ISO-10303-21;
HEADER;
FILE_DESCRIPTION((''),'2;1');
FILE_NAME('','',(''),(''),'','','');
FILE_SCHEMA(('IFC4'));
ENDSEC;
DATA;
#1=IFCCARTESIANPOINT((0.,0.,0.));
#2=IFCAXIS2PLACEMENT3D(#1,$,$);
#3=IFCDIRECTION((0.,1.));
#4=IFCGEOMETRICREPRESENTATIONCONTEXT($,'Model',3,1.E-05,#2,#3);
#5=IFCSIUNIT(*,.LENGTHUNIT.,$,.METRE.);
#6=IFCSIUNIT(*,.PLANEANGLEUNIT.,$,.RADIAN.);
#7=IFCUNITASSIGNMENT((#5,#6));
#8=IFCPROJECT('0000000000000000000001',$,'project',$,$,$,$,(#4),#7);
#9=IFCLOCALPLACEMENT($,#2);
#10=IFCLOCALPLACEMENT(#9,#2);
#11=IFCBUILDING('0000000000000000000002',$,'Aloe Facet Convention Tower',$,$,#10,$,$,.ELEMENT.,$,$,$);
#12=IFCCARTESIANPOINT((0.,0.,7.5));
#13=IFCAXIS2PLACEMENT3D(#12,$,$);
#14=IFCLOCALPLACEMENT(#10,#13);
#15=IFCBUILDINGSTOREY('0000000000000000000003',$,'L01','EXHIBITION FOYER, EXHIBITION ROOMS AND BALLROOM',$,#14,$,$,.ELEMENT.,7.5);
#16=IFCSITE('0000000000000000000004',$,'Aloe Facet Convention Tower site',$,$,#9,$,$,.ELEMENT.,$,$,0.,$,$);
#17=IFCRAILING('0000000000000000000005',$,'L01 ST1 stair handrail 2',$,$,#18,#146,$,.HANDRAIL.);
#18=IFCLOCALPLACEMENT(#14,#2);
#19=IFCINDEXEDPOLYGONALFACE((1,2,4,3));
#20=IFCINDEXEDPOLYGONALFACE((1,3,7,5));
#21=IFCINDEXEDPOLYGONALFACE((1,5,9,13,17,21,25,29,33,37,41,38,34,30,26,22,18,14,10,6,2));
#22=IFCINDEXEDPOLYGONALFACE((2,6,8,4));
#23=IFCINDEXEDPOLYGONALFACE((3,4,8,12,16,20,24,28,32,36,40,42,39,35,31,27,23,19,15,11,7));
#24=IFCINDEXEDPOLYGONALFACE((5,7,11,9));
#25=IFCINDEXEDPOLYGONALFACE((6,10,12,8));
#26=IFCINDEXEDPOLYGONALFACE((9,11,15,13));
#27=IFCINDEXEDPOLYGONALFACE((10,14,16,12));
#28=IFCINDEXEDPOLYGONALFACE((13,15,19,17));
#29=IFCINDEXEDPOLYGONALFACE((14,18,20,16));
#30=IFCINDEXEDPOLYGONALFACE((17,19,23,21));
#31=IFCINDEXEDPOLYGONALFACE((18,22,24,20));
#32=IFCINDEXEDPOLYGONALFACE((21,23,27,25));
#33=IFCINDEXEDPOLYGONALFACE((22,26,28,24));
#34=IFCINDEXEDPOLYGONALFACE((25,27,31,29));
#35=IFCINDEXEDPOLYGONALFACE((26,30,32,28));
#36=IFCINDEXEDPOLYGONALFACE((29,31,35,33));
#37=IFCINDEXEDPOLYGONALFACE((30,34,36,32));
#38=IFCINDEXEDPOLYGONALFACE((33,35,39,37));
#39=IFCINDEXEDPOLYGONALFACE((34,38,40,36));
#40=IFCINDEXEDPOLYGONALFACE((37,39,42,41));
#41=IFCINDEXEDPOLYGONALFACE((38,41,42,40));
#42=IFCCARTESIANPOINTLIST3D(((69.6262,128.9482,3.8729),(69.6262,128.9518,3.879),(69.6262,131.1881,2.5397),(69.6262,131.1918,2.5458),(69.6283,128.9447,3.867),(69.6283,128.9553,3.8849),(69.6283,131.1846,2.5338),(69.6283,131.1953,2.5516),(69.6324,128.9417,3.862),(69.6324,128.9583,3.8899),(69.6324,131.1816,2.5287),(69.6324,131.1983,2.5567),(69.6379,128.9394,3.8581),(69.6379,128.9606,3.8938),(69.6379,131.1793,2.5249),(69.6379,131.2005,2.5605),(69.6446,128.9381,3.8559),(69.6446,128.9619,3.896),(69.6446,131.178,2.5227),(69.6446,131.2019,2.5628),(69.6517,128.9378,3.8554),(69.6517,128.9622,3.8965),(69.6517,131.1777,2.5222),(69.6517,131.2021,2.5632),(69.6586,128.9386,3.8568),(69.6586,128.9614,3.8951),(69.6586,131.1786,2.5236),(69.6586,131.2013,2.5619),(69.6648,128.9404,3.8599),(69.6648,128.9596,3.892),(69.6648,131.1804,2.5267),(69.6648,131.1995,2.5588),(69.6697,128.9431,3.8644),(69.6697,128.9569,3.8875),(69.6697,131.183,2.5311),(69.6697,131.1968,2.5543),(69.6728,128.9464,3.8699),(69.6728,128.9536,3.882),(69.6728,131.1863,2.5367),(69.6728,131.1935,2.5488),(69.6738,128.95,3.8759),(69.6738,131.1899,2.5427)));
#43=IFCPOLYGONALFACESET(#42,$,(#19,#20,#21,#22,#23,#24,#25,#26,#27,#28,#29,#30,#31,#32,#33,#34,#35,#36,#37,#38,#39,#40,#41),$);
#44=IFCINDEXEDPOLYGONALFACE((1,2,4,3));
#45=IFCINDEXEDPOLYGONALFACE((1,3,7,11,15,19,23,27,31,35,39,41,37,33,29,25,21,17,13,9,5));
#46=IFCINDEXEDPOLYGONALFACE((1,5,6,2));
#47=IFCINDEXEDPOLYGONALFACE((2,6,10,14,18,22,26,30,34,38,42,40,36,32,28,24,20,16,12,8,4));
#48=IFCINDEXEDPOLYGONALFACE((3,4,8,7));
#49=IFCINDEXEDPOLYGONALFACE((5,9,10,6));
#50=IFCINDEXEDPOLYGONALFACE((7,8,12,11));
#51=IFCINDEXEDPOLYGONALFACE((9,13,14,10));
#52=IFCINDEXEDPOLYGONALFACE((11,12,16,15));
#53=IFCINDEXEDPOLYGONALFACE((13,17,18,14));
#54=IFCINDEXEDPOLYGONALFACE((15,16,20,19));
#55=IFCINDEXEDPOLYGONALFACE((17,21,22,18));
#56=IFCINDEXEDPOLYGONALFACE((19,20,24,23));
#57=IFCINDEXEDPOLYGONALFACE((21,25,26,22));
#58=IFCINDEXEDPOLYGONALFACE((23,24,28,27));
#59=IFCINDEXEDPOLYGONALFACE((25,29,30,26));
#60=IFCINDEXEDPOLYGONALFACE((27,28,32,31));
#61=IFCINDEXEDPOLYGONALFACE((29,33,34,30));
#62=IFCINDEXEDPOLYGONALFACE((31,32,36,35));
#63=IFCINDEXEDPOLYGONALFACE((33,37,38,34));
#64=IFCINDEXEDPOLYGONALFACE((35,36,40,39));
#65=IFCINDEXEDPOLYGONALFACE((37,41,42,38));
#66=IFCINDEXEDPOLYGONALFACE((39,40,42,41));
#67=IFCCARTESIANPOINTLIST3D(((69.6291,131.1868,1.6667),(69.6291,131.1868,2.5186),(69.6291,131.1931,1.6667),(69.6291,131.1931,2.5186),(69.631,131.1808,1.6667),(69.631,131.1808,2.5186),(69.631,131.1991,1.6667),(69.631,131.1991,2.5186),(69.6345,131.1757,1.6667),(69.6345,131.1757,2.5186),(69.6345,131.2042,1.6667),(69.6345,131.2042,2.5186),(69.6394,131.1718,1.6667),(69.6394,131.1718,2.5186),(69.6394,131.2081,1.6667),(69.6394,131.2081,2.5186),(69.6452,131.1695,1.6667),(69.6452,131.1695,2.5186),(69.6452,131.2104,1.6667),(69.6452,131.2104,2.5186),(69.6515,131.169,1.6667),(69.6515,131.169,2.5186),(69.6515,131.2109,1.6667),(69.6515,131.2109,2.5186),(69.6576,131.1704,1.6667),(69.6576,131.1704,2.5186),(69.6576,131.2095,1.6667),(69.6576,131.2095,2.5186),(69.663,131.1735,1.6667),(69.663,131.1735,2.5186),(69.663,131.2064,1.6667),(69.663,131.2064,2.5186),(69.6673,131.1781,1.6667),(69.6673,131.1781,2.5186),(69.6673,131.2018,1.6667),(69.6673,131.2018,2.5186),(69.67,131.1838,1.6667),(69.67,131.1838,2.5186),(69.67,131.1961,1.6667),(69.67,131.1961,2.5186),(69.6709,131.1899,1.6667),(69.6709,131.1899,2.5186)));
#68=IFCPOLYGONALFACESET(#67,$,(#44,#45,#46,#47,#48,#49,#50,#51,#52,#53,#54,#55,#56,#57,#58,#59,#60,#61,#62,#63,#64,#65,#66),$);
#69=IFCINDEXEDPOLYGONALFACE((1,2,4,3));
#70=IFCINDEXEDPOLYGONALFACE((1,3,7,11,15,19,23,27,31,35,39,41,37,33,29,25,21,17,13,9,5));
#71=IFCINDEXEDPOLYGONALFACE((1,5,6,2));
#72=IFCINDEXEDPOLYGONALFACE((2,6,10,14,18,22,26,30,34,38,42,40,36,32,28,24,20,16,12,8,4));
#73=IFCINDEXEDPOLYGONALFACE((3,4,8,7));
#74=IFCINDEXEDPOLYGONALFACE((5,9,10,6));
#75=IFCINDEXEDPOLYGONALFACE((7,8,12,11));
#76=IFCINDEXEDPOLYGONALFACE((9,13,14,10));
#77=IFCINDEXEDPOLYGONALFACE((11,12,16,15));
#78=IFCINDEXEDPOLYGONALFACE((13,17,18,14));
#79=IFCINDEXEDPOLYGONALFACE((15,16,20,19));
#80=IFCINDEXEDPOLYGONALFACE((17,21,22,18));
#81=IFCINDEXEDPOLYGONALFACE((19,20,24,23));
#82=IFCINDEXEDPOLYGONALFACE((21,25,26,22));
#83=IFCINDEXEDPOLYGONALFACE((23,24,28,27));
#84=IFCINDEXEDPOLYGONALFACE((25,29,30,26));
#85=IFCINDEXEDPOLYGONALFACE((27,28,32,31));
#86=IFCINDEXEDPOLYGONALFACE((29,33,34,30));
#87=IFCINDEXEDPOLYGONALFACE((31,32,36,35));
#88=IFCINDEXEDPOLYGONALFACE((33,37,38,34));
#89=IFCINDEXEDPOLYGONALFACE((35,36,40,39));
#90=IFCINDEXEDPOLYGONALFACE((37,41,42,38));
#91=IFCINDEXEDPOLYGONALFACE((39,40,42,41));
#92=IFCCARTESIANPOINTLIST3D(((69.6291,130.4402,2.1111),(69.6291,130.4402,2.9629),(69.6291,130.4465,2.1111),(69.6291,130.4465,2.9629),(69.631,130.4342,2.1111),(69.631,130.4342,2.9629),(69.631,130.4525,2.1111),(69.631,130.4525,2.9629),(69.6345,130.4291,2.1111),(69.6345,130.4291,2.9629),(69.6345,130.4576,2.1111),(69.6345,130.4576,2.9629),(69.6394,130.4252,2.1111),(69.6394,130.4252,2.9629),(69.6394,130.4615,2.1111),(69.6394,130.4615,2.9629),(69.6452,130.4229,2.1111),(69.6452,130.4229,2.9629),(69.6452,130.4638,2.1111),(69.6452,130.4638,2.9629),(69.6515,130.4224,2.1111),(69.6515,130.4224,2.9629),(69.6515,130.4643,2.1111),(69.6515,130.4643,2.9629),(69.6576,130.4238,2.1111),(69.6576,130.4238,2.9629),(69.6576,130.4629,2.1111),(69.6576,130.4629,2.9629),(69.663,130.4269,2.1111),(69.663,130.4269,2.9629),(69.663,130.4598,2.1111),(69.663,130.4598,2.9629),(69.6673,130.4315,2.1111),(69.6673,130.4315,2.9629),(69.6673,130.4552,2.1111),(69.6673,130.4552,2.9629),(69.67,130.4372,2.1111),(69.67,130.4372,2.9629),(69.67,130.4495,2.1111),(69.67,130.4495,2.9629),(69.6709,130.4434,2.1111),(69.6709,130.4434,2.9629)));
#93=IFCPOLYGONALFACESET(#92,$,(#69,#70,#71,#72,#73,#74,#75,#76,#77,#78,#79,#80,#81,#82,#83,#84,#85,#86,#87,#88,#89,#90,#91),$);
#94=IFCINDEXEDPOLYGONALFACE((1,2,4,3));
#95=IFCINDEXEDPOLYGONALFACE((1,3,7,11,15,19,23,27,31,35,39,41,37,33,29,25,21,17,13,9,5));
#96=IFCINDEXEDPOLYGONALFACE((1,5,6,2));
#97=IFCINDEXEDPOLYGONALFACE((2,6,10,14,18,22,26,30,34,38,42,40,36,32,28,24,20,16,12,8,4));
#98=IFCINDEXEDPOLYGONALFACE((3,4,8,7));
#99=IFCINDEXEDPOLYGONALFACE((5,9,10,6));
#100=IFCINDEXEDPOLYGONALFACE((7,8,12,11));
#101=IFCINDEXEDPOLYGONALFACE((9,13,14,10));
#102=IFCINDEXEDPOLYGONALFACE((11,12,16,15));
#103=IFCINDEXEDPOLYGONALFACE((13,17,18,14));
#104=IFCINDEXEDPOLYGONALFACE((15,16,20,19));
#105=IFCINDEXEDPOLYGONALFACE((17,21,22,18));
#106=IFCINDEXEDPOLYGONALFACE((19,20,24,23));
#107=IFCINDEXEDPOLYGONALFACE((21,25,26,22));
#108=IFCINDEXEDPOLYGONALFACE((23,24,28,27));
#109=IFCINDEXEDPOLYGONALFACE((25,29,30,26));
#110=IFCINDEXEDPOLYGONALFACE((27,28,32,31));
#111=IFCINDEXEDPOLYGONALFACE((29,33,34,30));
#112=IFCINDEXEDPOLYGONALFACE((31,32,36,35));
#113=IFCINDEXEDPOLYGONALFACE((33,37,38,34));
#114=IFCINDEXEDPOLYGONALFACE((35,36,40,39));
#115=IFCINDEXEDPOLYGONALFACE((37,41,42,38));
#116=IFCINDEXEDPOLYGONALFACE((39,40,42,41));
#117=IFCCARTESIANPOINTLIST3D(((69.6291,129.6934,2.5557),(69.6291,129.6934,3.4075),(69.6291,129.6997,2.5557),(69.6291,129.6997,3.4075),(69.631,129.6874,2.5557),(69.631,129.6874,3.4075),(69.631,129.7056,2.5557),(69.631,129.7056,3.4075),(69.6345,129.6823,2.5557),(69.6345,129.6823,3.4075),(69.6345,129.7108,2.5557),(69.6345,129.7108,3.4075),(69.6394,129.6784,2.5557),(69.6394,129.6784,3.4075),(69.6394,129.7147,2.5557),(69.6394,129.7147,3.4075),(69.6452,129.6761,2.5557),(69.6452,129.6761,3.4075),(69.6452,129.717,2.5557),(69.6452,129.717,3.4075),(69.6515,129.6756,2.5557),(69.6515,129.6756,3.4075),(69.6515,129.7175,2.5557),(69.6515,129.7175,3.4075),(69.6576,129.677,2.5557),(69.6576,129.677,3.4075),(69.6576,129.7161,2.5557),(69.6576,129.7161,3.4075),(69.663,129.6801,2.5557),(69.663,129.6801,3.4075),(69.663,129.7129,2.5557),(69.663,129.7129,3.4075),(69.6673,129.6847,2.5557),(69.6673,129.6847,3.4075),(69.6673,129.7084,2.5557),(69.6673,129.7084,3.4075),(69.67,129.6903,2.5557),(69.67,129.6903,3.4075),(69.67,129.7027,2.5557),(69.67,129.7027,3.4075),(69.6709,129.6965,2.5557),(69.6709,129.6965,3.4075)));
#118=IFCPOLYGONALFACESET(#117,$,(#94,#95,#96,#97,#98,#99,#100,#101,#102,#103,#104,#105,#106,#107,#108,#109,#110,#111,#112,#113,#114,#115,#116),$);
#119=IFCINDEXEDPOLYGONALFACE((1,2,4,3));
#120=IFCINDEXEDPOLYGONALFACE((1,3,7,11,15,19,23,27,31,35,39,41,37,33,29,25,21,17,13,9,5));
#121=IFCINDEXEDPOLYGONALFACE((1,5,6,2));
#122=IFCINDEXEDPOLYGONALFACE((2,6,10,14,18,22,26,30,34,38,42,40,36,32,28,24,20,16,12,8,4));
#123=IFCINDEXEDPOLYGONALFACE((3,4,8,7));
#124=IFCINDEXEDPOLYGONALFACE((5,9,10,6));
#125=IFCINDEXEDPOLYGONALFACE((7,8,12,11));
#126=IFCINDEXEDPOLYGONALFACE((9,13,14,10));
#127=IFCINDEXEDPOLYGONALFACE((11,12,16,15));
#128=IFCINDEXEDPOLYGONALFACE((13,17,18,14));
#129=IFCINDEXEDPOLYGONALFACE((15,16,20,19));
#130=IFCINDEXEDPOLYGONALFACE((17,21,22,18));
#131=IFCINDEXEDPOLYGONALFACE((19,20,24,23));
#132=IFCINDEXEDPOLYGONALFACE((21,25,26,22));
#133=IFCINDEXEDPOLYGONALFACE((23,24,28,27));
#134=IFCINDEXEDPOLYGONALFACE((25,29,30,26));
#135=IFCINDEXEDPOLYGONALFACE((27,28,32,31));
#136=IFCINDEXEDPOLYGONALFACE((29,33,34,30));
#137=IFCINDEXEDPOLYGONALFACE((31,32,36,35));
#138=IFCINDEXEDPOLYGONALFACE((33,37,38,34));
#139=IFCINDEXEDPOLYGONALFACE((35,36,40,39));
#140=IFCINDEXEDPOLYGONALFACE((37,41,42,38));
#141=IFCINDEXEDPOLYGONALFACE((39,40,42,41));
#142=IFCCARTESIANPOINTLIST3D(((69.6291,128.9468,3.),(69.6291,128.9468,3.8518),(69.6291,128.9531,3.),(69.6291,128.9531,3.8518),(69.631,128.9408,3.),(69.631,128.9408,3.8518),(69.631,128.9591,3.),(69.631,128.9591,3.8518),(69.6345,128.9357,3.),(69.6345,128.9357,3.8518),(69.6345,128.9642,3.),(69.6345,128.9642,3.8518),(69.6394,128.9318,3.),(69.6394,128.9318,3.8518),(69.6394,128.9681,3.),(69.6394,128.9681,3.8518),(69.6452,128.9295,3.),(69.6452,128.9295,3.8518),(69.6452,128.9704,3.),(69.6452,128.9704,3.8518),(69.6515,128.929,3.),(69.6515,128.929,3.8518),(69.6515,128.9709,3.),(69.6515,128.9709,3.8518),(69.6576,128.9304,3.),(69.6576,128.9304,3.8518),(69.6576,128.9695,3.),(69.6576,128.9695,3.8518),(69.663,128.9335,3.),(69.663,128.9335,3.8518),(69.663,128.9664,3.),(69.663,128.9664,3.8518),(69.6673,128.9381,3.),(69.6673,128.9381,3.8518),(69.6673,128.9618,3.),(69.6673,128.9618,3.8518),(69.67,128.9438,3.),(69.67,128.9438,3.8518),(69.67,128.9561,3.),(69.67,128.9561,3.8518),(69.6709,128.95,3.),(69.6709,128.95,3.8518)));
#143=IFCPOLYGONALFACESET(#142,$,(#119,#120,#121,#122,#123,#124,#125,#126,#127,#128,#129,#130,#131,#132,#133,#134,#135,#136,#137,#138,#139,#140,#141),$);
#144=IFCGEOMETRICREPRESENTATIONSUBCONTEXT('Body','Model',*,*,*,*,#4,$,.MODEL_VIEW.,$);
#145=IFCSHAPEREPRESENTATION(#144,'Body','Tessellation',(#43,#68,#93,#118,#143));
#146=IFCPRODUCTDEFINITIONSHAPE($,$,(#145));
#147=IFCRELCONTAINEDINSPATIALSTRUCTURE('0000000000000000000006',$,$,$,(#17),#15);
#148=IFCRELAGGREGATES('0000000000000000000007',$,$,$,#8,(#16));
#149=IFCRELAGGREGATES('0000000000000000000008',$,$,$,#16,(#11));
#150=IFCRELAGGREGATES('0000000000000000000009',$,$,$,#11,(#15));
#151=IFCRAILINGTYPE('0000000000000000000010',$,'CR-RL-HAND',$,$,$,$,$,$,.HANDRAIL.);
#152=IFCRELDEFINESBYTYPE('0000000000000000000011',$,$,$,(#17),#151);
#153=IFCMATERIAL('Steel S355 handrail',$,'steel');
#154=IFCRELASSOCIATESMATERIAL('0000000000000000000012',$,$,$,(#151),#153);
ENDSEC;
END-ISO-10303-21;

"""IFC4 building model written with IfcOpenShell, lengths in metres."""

from ifc_helpers import new_model, si_unit, direction, frame, origin, origin_2d, place, context, subcontext, project, spatial, circle, extrude, material, type_object, element, save


model = new_model("IFC4")

# Units and contexts
model_context = context("Model", 3, precision=1e-05, world=origin(), true_north=direction((0.0, 1.0)))
body_context = subcontext(model_context, "Body", "Model", "MODEL_VIEW")
ifc_project = project(units=[si_unit("LENGTHUNIT", "METRE"), si_unit("PLANEANGLEUNIT", "RADIAN")], contexts=[model_context])

# Site, building, storey
site_placement = place(None, origin())
site = spatial("IfcSite", under=ifc_project, at=site_placement, Name="Aloe Facet Convention Tower site", CompositionType="ELEMENT", RefElevation=0.0)
building_placement = place(site_placement, origin())
building = spatial("IfcBuilding", under=site, at=building_placement, Name="Aloe Facet Convention Tower", CompositionType="ELEMENT")
storey_placement = place(building_placement, frame((0.0, 0.0, 7.5)))
storey = spatial("IfcBuildingStorey", under=building, at=storey_placement, Name="L01", Description="EXHIBITION FOYER, EXHIBITION ROOMS AND BALLROOM", CompositionType="ELEMENT", Elevation=7.5)

# Railing
ifc_material_1 = material(Name="Steel S355 handrail", Category="steel")
railing_type_1 = type_object("IfcRailingType", Name="CR-RL-HAND", PredefinedType="HANDRAIL", material=ifc_material_1)
for number, where, name in (
    (1, (69.6499, 131.1899, 1.6667), "L01 ST1 stair handrail 2"),
):
    element("IfcRailing", number, at=place(storey_placement, frame(where)), inside=storey, type_object=railing_type_1, Name=name, PredefinedType="HANDRAIL", context=body_context, shape_type="SweptSolid", body=[
        extrude(circle(Radius=0.0239, at=origin_2d()), frame((0.0, 0.0, 0.876), z_axis=(0.0, -0.859306, 0.511462), x_axis=(1.0, 0.0, 0.0)), (0.0, 0.0, 1.0), 2.6067),
        extrude(circle(Radius=0.021, at=origin_2d()), origin(), (0.0, 0.0, 1.0), 0.8518),
        extrude(circle(Radius=0.021, at=origin_2d()), frame((0.0, -0.7466, 0.4443)), (0.0, 0.0, 1.0), 0.8518),
        extrude(circle(Radius=0.021, at=origin_2d()), frame((0.0, -1.4934, 0.8889)), (0.0, 0.0, 1.0), 0.8518),
        extrude(circle(Radius=0.021, at=origin_2d()), frame((0.0, -2.24, 1.3333)), (0.0, 0.0, 1.0), 0.8518),
    ])

save(model, "model.ifc")
